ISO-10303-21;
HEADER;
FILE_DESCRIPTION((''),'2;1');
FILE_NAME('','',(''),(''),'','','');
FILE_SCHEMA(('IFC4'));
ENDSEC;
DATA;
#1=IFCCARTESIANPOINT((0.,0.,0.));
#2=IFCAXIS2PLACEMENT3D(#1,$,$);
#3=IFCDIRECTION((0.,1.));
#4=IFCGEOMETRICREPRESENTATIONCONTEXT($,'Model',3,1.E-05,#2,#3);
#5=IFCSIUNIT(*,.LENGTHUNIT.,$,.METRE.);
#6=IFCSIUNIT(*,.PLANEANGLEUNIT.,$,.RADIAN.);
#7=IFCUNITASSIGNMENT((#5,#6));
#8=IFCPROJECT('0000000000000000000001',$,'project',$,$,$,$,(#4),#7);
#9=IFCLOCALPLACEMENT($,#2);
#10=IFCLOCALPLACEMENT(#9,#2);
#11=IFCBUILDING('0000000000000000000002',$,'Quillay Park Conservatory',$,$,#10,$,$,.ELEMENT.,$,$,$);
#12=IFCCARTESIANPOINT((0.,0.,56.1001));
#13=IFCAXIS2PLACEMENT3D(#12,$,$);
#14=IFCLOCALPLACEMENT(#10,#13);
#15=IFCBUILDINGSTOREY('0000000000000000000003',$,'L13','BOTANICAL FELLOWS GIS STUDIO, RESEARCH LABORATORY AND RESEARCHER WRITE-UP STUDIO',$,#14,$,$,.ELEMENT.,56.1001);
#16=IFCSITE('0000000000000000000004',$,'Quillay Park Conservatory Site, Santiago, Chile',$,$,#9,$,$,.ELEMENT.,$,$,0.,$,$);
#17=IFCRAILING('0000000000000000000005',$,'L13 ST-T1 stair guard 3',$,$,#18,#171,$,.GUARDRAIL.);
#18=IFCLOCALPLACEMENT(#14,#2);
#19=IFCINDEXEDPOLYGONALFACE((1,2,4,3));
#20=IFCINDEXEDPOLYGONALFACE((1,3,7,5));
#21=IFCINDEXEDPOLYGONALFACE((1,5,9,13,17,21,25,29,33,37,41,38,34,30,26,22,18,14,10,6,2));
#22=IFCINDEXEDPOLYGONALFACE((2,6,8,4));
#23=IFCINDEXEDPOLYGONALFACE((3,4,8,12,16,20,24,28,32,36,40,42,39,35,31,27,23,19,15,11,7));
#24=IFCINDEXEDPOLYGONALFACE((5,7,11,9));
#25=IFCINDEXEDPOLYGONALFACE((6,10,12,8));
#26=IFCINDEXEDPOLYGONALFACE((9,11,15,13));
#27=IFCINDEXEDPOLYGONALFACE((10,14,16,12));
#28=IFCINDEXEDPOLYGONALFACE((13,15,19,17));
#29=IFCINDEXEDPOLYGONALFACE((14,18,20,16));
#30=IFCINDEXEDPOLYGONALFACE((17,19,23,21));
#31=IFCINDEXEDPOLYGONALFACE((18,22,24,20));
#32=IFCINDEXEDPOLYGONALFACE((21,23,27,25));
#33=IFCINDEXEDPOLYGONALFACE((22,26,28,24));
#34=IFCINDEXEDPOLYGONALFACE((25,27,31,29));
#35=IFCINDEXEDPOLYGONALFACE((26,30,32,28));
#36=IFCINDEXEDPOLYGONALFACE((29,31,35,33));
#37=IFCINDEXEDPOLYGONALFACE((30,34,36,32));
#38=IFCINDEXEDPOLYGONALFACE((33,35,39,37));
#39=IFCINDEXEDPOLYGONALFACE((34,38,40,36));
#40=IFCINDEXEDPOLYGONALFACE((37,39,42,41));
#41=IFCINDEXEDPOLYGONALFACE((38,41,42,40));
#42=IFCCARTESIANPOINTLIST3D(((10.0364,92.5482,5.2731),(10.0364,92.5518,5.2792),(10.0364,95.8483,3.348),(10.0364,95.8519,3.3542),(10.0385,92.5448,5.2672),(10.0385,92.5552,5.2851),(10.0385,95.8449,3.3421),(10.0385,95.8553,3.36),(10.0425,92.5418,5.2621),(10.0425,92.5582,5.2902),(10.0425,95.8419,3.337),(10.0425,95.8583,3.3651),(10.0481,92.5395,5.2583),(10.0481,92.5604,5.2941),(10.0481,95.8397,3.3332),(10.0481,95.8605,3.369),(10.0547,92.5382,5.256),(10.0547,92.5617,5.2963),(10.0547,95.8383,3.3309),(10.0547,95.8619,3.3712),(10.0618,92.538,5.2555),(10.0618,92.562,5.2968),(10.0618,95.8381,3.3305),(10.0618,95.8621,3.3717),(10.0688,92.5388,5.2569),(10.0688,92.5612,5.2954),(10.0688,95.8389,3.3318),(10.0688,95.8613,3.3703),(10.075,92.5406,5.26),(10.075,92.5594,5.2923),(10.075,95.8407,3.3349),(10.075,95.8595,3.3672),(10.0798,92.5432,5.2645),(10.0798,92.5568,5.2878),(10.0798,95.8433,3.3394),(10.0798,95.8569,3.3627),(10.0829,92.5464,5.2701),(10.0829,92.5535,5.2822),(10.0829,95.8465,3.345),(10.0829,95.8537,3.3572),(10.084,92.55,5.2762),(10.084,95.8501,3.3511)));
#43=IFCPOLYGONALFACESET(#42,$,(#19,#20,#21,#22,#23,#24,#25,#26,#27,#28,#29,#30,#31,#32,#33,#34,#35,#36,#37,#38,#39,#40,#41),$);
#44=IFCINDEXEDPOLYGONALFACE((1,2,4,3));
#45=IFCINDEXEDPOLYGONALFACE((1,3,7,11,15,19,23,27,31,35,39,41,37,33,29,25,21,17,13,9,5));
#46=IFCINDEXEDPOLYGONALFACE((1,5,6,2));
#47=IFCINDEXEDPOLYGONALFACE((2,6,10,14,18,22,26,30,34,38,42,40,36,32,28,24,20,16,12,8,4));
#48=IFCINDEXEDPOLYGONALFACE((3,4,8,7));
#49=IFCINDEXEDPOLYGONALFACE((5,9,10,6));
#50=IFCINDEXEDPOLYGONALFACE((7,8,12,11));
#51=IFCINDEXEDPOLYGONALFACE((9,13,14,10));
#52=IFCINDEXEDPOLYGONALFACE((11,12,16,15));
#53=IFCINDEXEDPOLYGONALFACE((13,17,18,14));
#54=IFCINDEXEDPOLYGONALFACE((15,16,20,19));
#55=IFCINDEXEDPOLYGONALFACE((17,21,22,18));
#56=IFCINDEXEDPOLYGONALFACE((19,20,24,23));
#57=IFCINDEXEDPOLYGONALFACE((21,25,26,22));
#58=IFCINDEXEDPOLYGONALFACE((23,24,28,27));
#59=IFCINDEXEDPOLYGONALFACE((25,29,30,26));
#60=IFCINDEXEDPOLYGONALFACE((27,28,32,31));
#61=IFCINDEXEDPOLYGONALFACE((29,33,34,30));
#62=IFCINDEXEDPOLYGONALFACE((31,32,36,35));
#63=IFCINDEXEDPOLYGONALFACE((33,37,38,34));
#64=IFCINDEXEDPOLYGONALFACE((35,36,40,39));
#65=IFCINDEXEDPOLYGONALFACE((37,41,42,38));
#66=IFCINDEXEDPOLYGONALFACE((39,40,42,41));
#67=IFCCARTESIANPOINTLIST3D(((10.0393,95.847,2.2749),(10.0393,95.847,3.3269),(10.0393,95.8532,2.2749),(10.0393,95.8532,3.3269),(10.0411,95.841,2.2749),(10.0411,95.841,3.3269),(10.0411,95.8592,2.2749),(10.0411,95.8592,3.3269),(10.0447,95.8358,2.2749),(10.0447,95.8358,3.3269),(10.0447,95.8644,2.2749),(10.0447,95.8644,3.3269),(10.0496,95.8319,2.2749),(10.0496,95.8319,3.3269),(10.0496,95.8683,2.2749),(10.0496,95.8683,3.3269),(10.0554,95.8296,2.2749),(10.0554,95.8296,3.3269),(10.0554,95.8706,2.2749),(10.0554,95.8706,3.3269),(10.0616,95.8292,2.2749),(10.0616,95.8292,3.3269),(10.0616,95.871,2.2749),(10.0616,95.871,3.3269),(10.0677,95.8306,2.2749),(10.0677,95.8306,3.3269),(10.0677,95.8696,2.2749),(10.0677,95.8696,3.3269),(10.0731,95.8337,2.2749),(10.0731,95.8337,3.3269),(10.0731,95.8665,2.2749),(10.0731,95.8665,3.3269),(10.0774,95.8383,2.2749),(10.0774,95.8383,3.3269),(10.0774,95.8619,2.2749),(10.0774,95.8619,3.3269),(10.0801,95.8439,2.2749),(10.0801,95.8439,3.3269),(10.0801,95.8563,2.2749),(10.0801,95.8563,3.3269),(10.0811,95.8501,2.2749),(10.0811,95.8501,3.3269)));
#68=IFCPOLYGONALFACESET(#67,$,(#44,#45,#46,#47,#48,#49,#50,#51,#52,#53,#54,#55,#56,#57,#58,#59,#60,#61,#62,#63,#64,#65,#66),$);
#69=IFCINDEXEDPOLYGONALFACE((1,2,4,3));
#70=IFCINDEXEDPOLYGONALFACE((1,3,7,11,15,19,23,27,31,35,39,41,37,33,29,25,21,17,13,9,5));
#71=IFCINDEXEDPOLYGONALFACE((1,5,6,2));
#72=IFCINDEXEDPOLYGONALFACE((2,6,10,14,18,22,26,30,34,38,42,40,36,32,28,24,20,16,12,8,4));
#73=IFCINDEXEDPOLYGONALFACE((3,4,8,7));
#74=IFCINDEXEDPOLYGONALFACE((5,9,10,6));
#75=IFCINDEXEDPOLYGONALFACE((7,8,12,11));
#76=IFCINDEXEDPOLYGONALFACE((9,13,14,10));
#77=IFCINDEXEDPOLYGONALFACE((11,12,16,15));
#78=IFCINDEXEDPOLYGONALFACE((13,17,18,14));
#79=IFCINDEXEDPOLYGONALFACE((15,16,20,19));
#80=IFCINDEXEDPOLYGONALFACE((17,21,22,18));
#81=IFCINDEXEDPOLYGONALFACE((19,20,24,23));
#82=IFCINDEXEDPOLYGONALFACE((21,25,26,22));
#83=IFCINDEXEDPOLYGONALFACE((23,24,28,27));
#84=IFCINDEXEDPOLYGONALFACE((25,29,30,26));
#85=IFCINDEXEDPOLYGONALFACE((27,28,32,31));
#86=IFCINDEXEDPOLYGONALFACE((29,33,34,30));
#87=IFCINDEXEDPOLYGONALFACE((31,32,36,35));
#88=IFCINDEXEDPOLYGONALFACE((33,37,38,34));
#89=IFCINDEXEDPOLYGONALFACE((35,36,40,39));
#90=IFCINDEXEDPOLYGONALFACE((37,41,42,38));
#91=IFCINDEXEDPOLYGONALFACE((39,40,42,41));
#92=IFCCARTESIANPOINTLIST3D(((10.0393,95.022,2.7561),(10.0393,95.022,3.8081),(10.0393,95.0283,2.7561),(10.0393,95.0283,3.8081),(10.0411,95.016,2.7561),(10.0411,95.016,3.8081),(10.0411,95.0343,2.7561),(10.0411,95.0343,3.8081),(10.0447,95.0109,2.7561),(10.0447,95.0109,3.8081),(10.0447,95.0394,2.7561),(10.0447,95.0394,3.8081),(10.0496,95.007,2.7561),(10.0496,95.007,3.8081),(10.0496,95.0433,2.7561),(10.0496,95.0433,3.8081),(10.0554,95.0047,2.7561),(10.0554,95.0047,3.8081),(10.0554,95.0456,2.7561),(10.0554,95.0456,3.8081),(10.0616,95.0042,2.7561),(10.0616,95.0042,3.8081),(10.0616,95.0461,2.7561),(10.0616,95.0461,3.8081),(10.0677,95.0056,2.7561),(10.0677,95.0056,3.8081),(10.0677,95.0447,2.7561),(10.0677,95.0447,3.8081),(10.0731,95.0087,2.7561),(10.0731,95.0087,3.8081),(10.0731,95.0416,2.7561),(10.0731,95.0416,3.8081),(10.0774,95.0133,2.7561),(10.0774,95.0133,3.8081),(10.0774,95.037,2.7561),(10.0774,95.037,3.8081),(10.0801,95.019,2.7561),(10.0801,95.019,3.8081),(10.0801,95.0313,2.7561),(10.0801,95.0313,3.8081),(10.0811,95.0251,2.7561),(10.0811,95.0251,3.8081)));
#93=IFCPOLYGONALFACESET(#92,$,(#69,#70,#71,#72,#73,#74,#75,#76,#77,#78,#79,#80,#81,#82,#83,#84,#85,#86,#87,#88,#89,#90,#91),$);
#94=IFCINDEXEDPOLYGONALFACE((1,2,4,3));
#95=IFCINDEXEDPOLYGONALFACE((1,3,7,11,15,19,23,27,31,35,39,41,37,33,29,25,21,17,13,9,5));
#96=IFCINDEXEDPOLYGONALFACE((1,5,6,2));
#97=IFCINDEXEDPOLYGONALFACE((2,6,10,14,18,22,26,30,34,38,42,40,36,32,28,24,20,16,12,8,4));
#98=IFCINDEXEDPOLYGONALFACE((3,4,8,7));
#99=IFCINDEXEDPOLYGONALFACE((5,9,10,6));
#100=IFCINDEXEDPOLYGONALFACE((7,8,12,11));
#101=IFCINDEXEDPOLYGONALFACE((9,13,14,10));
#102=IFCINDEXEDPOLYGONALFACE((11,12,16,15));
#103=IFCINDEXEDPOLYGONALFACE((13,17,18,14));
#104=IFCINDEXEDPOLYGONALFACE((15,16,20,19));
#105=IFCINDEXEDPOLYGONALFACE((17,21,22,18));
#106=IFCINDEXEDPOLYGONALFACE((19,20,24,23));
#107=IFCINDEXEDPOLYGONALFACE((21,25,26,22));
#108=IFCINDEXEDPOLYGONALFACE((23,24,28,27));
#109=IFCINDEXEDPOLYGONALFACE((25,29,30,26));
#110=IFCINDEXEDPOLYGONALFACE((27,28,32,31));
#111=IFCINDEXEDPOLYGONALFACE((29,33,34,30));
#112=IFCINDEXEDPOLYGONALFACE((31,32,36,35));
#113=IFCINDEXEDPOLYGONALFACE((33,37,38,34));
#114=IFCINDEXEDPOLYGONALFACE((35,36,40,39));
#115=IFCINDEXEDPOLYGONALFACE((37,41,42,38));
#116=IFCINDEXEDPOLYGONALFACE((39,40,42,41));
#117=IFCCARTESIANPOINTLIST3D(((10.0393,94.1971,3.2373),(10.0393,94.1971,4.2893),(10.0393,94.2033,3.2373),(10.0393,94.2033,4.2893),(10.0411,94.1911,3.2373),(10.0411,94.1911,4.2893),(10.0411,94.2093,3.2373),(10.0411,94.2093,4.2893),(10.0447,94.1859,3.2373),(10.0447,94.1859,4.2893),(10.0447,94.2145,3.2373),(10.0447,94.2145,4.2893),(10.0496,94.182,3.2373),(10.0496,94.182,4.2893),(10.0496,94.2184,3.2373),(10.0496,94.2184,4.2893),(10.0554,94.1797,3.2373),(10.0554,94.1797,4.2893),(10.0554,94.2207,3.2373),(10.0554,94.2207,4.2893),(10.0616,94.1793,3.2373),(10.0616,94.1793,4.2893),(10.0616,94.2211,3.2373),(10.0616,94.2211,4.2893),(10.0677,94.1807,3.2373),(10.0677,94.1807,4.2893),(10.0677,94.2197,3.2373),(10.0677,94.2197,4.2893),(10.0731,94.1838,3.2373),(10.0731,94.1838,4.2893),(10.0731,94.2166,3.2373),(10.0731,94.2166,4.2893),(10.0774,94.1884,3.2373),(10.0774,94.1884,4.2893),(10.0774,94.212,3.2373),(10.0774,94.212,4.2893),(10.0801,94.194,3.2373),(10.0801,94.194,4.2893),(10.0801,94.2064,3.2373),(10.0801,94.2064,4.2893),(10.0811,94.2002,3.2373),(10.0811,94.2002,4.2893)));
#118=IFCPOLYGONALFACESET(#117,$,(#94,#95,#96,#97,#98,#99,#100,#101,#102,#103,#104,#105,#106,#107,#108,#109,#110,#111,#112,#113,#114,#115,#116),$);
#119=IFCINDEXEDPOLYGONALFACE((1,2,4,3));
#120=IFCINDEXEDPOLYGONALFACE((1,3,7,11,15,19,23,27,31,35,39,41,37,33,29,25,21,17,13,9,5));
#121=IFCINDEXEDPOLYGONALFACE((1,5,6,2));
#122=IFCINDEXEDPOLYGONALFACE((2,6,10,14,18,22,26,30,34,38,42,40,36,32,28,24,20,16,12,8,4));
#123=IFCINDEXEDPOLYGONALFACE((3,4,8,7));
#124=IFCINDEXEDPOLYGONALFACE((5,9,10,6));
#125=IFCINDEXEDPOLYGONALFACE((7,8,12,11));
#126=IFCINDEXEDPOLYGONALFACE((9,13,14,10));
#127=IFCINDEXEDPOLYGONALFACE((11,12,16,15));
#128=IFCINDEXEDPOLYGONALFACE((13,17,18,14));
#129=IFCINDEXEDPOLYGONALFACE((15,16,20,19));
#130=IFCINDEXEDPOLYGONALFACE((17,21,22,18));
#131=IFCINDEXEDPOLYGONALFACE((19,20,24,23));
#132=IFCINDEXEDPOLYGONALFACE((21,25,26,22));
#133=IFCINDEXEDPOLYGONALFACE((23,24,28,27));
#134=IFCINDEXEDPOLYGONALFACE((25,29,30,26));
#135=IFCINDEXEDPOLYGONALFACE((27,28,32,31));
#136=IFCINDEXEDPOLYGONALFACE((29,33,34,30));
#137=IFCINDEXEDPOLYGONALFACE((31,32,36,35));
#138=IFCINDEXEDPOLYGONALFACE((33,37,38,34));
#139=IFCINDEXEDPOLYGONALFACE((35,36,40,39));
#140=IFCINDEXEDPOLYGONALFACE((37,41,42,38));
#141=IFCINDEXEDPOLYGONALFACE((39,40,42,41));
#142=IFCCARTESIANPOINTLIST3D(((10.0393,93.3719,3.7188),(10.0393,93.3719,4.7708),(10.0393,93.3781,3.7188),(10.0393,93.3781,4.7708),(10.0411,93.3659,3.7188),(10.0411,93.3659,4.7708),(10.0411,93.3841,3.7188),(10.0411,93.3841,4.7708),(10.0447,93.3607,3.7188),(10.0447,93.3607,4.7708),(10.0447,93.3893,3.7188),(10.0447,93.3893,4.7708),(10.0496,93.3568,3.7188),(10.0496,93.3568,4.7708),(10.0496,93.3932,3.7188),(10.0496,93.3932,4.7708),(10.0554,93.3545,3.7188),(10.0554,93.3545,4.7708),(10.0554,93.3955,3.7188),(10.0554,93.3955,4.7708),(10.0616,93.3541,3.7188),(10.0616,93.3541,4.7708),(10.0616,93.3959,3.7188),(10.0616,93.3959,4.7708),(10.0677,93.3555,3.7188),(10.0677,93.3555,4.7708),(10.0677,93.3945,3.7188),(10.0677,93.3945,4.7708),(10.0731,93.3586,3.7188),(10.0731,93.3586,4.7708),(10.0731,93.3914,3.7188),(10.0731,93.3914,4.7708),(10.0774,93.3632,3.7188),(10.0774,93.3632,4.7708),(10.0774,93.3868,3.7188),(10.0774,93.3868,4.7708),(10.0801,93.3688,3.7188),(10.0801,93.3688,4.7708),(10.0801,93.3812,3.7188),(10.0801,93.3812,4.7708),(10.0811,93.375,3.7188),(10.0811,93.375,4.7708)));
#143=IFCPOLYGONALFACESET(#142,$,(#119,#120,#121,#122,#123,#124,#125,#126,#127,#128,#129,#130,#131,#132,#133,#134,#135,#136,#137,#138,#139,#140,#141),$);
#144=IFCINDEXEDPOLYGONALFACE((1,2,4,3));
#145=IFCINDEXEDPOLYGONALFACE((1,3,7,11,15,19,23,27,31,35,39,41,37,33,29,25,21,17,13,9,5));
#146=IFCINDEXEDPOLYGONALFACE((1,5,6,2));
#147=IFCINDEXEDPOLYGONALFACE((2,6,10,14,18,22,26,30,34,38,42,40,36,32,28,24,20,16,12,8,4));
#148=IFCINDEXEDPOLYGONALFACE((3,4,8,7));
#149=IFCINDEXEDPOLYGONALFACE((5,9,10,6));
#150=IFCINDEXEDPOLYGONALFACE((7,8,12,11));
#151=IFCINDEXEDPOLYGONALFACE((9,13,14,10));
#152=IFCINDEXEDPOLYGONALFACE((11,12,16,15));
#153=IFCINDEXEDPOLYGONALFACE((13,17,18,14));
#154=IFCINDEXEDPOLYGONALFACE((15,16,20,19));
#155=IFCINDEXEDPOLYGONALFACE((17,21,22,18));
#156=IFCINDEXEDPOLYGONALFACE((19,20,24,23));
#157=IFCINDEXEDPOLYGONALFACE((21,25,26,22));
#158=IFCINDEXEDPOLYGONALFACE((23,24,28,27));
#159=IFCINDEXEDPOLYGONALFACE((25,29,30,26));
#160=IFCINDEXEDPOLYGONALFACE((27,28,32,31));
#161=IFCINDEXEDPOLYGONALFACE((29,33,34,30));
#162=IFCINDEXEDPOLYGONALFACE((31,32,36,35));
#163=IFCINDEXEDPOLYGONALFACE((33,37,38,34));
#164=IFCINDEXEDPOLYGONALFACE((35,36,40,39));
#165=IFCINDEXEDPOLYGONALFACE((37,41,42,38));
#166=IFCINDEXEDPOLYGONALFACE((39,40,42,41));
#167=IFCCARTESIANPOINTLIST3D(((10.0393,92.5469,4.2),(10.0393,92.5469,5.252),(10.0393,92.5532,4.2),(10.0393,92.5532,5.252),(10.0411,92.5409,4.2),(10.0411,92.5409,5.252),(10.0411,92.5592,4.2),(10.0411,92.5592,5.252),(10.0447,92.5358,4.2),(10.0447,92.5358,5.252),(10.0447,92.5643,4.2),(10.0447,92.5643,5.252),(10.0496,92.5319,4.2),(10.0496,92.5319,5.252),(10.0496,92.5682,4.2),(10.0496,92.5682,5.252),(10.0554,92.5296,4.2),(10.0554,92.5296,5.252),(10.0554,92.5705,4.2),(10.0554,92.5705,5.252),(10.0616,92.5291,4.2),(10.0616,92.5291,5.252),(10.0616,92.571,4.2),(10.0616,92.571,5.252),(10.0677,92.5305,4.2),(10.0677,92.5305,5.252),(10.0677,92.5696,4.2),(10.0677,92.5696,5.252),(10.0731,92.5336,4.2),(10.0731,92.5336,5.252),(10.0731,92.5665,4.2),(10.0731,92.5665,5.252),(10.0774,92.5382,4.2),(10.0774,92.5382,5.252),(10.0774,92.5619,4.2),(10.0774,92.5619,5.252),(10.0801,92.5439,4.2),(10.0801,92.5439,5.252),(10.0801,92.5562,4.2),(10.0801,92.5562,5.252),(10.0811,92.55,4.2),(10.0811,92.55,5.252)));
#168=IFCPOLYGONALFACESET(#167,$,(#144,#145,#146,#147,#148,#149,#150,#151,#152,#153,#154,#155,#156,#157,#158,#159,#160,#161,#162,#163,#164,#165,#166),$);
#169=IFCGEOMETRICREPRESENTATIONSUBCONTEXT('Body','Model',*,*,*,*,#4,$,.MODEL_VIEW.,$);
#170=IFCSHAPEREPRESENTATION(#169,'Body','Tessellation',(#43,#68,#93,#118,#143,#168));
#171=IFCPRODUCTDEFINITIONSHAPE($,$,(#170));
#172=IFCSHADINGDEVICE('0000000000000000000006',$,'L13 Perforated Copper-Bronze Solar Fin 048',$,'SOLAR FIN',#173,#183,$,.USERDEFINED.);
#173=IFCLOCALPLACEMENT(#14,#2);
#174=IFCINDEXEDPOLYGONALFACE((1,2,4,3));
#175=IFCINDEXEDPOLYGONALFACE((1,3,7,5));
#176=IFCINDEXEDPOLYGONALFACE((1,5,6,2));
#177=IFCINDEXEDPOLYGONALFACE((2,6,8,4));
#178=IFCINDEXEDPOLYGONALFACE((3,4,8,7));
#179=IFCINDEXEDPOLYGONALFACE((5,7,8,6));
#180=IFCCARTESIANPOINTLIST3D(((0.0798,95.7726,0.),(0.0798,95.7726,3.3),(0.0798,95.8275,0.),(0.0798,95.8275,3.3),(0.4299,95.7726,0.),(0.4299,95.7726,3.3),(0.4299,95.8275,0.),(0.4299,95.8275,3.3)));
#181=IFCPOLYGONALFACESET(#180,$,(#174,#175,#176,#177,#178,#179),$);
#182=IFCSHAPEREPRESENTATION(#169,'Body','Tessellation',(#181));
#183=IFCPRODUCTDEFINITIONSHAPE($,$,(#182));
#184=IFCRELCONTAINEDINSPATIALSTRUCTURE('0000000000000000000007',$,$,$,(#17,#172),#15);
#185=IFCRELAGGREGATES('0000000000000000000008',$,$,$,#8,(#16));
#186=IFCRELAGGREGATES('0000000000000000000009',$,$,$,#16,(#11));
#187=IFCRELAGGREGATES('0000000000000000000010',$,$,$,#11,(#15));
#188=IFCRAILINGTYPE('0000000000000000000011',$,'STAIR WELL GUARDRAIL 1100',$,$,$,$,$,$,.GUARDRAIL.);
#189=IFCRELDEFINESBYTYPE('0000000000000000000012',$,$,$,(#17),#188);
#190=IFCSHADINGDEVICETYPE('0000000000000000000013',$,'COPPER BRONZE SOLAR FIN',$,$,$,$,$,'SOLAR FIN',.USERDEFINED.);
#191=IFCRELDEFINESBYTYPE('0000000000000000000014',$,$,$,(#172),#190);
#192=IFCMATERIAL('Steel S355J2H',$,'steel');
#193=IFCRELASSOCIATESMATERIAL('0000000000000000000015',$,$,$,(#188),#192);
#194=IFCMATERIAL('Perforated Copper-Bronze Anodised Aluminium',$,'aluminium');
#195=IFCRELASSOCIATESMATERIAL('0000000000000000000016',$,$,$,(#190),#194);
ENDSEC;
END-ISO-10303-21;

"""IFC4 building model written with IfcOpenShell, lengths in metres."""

from ifc_helpers import new_model, si_unit, direction, frame, origin, origin_2d, place, context, subcontext, project, spatial, rectangle, circle, extrude, material, type_object, element, save


model = new_model("IFC4")

# Units and contexts
model_context = context("Model", 3, precision=1e-05, world=origin(), true_north=direction((0.0, 1.0)))
body_context = subcontext(model_context, "Body", "Model", "MODEL_VIEW")
ifc_project = project(units=[si_unit("LENGTHUNIT", "METRE"), si_unit("PLANEANGLEUNIT", "RADIAN")], contexts=[model_context])

# Site, building, storey
site_placement = place(None, origin())
site = spatial("IfcSite", under=ifc_project, at=site_placement, Name="Quillay Park Conservatory Site, Santiago, Chile", CompositionType="ELEMENT", RefElevation=0.0)
building_placement = place(site_placement, origin())
building = spatial("IfcBuilding", under=site, at=building_placement, Name="Quillay Park Conservatory", CompositionType="ELEMENT")
storey_placement = place(building_placement, frame((0.0, 0.0, 56.1001)))
storey = spatial("IfcBuildingStorey", under=building, at=storey_placement, Name="L13", Description="BOTANICAL FELLOWS GIS STUDIO, RESEARCH LABORATORY AND RESEARCHER WRITE-UP STUDIO", CompositionType="ELEMENT", Elevation=56.1001)

# Railing
ifc_material_1 = material(Name="Steel S355J2H", Category="steel")
railing_type_1 = type_object("IfcRailingType", Name="STAIR WELL GUARDRAIL 1100", PredefinedType="GUARDRAIL", material=ifc_material_1)
railing_1_placement = place(storey_placement, frame((10.0601, 95.8501, 2.2749)))
element("IfcRailing", 1, at=railing_1_placement, inside=storey, type_object=railing_type_1, Name="L13 ST-T1 stair guard 3", PredefinedType="GUARDRAIL", context=body_context, shape_type="SweptSolid", body=[
    extrude(circle(Radius=0.0239, at=origin_2d()), frame((0.0, 0.0, 1.0762), z_axis=(0.0, -0.863777, 0.503875), x_axis=(1.0, 0.0, 0.0)), (0.0, 0.0, 1.0), 3.8206),
    extrude(circle(Radius=0.021, at=origin_2d()), origin(), (0.0, 0.0, 1.0), 1.052),
    extrude(circle(Radius=0.021, at=origin_2d()), frame((0.0, -0.825, 0.4812)), (0.0, 0.0, 1.0), 1.052),
    extrude(circle(Radius=0.021, at=origin_2d()), frame((0.0, -1.6499, 0.9624)), (0.0, 0.0, 1.0), 1.052),
    extrude(circle(Radius=0.021, at=origin_2d()), frame((0.0, -2.4751, 1.4438)), (0.0, 0.0, 1.0), 1.052),
    extrude(circle(Radius=0.021, at=origin_2d()), frame((0.0, -3.3, 1.925)), (0.0, 0.0, 1.0), 1.052),
])

# Shading device
ifc_material_2 = material(Name="Perforated Copper-Bronze Anodised Aluminium", Category="aluminium")
shading_device_type = type_object("IfcShadingDeviceType", Name="COPPER BRONZE SOLAR FIN", ElementType="SOLAR FIN", PredefinedType="USERDEFINED", material=ifc_material_2)
shading_device_placement = place(storey_placement, frame((0.2549, 95.8, 0.0), z_axis=(0.0, 0.0, 1.0), x_axis=(1.0, 0.0, 0.0)))
element("IfcShadingDevice", 2, at=shading_device_placement, inside=storey, type_object=shading_device_type, Name="L13 Perforated Copper-Bronze Solar Fin 048", ObjectType="SOLAR FIN", PredefinedType="USERDEFINED", context=body_context, shape_type="SweptSolid", body=[
    extrude(rectangle(XDim=0.3501, YDim=0.0549, at=origin_2d()), origin(), (0.0, 0.0, 1.0), 3.3),
])

save(model, "model.ifc")
